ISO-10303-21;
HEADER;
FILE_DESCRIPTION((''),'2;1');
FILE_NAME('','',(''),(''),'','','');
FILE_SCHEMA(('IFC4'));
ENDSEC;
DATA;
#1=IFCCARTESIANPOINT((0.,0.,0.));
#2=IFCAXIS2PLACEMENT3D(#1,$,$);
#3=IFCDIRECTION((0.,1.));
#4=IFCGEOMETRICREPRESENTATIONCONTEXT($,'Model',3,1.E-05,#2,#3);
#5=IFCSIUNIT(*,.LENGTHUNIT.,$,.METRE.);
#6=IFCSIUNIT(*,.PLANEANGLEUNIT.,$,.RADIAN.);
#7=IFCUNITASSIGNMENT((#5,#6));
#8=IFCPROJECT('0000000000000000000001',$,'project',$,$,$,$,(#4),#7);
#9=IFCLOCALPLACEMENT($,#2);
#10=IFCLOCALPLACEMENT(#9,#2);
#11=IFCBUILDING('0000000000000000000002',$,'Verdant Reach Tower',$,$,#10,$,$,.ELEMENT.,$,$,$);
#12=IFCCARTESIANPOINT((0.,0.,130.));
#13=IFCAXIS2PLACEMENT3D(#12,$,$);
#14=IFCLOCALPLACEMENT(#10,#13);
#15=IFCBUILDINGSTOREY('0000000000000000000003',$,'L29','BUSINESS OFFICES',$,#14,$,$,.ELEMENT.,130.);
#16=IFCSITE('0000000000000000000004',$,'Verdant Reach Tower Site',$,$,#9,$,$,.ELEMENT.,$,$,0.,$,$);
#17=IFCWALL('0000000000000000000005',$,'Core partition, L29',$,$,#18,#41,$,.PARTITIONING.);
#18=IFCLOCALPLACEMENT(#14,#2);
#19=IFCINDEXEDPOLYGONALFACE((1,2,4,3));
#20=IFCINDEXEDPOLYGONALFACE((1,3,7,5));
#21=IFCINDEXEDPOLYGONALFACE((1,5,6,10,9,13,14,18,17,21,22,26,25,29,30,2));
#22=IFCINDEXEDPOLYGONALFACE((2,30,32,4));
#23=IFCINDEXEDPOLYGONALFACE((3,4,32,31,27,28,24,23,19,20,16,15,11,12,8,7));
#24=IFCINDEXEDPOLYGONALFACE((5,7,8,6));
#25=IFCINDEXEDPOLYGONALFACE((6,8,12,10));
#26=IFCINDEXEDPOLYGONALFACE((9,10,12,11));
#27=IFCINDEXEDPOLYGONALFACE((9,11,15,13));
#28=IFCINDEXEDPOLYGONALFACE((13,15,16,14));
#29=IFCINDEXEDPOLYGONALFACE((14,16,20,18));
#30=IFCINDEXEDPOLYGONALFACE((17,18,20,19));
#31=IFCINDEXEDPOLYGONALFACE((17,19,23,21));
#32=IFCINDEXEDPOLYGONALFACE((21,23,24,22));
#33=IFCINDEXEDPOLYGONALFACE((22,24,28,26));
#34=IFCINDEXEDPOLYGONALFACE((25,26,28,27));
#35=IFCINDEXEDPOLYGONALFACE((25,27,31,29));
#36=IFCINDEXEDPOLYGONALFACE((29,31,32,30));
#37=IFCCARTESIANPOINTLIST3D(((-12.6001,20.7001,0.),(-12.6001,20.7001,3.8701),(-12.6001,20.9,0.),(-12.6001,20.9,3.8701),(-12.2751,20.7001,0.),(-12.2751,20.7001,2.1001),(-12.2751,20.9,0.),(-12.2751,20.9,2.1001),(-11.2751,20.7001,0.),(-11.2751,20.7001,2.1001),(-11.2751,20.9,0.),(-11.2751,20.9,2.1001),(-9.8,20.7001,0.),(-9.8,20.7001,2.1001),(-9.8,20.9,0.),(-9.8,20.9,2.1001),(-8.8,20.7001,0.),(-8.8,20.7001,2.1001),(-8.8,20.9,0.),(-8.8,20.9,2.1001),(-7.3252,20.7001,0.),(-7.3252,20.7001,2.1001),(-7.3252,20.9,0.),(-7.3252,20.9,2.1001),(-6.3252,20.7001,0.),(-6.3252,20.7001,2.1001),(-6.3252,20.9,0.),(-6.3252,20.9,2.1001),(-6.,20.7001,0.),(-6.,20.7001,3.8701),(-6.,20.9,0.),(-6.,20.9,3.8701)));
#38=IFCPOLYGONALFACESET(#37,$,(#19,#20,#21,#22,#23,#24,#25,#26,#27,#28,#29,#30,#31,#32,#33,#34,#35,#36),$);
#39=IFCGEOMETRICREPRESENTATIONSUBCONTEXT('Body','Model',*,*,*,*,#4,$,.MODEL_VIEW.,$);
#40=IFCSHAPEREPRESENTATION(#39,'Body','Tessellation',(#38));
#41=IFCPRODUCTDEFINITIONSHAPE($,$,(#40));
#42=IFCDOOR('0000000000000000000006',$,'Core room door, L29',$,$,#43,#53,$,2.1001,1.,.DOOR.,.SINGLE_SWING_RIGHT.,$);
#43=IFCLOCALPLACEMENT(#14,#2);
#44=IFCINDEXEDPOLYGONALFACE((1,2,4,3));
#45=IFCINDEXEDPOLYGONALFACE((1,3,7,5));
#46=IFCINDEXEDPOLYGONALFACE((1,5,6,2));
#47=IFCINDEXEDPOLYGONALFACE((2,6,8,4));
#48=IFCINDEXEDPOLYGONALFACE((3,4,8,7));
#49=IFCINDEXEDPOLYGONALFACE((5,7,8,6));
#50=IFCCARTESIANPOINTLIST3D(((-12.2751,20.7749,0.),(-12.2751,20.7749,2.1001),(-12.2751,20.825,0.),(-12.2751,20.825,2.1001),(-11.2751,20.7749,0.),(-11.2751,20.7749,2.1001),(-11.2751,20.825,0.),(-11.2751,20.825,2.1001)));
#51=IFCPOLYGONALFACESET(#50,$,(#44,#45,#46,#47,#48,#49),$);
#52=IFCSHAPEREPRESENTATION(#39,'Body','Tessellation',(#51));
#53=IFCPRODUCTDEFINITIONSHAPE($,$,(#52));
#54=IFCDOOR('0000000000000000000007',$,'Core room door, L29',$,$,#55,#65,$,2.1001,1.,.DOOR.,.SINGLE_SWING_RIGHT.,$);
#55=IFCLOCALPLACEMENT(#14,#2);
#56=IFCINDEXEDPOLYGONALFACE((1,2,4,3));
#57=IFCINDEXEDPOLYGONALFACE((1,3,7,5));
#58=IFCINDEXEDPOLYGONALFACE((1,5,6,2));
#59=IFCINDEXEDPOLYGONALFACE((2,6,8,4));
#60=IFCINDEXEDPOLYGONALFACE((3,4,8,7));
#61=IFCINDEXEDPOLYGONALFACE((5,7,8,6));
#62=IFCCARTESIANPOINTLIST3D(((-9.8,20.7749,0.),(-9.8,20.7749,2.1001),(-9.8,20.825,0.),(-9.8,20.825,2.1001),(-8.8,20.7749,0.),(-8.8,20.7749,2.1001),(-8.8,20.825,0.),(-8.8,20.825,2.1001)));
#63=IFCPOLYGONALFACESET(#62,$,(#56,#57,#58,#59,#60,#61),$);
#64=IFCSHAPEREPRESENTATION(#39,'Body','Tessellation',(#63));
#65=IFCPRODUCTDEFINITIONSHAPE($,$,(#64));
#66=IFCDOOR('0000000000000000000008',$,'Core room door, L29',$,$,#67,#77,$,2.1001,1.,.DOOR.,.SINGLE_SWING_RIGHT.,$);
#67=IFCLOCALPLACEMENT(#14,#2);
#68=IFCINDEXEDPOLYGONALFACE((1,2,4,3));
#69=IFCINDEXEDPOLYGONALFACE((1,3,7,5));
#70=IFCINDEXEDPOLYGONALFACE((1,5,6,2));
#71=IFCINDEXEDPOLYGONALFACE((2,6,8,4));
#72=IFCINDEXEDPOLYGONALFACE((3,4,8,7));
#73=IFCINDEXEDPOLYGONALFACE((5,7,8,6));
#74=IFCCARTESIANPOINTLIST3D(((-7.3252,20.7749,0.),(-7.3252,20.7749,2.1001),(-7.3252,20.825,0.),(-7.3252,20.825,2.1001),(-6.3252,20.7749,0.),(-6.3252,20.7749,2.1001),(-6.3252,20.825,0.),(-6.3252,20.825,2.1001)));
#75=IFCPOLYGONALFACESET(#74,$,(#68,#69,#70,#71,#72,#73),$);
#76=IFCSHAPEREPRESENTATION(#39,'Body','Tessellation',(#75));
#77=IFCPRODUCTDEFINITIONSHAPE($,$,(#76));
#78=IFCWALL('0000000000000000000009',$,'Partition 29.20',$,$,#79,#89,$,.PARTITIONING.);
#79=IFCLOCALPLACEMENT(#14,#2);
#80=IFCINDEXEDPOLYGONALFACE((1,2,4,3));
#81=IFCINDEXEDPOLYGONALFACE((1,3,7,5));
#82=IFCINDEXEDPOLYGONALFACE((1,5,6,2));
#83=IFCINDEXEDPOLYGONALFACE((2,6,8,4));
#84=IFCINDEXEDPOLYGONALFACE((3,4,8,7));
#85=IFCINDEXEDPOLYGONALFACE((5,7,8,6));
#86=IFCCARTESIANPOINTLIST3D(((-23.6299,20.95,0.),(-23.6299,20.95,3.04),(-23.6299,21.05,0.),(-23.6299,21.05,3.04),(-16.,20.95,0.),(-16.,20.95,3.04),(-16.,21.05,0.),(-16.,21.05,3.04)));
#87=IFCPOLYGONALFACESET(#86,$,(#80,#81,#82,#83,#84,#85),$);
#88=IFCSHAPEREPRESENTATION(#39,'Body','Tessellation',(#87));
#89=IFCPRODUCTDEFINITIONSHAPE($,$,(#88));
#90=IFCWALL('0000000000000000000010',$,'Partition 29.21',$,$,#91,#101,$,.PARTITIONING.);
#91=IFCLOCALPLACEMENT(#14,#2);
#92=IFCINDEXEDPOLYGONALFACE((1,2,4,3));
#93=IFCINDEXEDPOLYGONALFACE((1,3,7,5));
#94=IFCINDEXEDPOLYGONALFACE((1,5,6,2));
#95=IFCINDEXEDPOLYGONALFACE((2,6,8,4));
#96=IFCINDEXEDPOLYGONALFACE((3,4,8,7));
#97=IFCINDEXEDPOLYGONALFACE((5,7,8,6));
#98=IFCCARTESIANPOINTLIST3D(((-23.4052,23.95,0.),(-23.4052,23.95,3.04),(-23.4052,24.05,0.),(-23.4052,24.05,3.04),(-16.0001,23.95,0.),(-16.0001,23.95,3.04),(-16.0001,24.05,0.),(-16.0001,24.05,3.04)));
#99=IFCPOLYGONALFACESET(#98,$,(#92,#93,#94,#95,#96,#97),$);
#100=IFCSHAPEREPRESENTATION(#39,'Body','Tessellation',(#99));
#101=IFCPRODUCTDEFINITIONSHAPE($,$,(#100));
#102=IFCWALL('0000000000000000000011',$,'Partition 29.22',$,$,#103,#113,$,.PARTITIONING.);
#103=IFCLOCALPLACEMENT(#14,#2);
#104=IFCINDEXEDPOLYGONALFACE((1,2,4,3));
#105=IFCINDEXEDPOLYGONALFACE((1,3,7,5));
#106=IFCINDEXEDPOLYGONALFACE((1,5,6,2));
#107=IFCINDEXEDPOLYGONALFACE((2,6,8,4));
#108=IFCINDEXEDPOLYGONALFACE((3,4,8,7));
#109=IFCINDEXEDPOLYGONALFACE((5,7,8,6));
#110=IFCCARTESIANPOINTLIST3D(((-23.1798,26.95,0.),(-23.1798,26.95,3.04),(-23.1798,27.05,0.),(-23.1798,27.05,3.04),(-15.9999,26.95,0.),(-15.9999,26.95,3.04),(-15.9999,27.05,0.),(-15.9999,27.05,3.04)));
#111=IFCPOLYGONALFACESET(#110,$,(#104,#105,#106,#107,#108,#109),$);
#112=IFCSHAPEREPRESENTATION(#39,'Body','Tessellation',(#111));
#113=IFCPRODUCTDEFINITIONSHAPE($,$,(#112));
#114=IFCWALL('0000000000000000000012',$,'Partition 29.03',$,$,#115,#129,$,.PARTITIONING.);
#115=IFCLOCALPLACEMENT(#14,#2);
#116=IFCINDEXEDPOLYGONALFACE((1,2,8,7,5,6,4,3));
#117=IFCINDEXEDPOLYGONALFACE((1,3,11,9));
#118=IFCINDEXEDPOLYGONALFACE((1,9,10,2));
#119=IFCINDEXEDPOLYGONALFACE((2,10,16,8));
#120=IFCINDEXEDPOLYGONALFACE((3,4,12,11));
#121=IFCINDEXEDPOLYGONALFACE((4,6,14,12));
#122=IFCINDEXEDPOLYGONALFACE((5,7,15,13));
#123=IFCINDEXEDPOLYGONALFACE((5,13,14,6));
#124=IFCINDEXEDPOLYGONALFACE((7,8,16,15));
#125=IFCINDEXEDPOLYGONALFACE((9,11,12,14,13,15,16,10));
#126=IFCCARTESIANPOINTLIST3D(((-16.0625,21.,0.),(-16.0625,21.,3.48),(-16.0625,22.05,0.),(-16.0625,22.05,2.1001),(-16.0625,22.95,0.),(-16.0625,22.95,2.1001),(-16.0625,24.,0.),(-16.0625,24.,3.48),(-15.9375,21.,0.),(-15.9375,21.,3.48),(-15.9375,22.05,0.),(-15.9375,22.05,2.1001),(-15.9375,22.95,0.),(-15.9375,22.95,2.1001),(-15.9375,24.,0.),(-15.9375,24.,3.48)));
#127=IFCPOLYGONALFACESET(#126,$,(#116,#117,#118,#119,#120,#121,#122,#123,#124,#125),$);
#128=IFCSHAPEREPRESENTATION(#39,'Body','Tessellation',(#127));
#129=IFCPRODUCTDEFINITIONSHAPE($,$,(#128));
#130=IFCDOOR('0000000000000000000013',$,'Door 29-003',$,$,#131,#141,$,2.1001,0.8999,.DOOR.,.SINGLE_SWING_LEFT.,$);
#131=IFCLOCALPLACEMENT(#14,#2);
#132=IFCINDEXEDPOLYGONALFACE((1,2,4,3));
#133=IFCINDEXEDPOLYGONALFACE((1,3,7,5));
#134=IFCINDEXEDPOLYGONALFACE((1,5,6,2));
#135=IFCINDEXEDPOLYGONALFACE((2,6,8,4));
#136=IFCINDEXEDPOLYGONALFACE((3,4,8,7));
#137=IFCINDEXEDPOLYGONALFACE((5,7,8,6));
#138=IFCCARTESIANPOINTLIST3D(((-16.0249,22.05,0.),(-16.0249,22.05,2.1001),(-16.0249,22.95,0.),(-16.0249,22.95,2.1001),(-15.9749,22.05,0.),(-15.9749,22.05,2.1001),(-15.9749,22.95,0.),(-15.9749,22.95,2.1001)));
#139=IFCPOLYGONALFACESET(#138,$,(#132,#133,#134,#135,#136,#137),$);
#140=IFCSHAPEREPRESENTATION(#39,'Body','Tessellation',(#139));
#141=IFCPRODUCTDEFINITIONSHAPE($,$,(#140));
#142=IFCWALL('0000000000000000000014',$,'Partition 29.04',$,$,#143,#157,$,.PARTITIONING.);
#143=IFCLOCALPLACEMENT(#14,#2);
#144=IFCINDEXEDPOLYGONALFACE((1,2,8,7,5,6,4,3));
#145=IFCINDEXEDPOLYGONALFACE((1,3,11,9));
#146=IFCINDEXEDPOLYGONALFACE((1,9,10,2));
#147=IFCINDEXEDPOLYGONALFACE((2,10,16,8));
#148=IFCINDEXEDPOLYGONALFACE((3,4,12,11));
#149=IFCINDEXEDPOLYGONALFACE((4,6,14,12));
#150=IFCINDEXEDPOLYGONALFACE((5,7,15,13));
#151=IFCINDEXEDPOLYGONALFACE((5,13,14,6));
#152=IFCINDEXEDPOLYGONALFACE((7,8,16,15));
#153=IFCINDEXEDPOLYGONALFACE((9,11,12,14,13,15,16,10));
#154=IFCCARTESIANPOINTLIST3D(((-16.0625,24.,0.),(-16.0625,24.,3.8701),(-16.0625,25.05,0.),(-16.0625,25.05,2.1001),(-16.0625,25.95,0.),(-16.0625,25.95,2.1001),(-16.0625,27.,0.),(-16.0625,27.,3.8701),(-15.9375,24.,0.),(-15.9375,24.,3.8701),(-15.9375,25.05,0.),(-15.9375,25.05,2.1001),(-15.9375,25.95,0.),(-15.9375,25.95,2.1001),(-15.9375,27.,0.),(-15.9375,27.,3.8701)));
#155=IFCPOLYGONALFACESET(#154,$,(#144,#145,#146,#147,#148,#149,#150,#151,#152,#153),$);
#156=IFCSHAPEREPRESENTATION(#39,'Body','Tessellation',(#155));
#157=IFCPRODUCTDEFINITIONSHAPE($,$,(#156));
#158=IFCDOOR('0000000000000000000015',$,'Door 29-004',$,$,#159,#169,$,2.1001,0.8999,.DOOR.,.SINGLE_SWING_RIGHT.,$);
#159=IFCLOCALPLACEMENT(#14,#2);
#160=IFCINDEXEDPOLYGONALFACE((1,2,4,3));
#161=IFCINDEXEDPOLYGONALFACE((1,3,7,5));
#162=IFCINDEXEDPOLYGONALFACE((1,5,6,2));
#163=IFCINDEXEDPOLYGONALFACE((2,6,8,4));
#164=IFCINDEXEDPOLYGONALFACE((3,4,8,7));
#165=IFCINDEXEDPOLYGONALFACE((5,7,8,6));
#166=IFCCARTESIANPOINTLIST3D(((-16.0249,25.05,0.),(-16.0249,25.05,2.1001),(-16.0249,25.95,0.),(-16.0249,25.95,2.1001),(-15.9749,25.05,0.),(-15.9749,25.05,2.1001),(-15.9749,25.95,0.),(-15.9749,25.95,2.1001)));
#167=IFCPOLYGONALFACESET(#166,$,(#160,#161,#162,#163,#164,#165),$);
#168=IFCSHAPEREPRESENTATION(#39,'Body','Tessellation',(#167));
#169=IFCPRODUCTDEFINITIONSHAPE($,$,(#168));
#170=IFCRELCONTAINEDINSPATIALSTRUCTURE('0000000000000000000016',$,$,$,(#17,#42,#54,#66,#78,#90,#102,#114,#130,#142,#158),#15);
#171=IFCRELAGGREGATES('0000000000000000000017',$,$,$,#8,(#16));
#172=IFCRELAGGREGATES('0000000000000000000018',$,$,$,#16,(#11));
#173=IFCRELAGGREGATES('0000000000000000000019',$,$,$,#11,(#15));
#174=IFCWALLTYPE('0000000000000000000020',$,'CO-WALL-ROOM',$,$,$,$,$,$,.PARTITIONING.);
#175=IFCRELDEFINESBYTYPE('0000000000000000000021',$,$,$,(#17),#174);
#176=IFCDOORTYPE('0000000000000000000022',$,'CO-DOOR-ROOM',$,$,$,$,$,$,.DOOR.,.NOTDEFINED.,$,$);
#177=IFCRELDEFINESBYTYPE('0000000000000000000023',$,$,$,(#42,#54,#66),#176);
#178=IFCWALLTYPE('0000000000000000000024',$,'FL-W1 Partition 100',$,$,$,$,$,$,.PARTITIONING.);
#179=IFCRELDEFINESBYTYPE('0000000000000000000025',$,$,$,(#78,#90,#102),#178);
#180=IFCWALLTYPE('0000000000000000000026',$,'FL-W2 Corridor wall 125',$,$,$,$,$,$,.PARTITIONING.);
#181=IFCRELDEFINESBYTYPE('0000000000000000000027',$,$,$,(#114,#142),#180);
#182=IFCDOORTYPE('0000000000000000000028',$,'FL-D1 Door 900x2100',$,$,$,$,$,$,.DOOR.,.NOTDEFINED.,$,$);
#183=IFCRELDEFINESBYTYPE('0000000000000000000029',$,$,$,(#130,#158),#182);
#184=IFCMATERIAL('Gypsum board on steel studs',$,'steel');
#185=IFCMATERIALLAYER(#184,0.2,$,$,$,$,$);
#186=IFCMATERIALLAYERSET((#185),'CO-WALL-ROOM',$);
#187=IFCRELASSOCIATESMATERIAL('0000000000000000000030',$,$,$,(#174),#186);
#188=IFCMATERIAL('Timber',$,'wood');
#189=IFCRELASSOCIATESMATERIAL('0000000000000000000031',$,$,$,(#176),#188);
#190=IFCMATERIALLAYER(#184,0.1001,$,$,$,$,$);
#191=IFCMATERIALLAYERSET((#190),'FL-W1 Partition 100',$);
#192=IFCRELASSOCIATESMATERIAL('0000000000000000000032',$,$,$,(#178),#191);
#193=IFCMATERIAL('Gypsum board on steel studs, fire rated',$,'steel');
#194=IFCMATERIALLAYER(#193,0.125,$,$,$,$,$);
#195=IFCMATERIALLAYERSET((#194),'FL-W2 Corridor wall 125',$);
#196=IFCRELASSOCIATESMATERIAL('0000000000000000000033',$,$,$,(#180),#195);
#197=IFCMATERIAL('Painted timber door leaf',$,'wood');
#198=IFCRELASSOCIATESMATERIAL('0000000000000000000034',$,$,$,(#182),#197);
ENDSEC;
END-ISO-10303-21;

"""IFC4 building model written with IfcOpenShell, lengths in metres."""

from ifc_helpers import new_model, si_unit, direction, frame, frame_2d, origin, place, context, subcontext, project, spatial, rectangle, extrude, material, layer, layer_set, type_object, element, fill, save


model = new_model("IFC4")

# Units and contexts
model_context = context("Model", 3, precision=1e-05, world=origin(), true_north=direction((0.0, 1.0)))
body_context = subcontext(model_context, "Body", "Model", "MODEL_VIEW")
ifc_project = project(units=[si_unit("LENGTHUNIT", "METRE"), si_unit("PLANEANGLEUNIT", "RADIAN")], contexts=[model_context])

# Site, building, storey
site_placement = place(None, origin())
site = spatial("IfcSite", under=ifc_project, at=site_placement, Name="Verdant Reach Tower Site", CompositionType="ELEMENT", RefElevation=0.0)
building_placement = place(site_placement, origin())
building = spatial("IfcBuilding", under=site, at=building_placement, Name="Verdant Reach Tower", CompositionType="ELEMENT")
storey_placement = place(building_placement, frame((0.0, 0.0, 130.0)))
storey = spatial("IfcBuildingStorey", under=building, at=storey_placement, Name="L29", Description="BUSINESS OFFICES", CompositionType="ELEMENT", Elevation=130.0)

# Wall, openings, doors
ifc_material_1 = material(Name="Gypsum board on steel studs", Category="steel")
ifc_layer_1 = layer(ifc_material_1, 0.2)
ifc_layer_set_1 = layer_set([ifc_layer_1], Name="CO-WALL-ROOM")
wall_type_1 = type_object("IfcWallType", Name="CO-WALL-ROOM", PredefinedType="PARTITIONING", material=ifc_layer_set_1)
wall_1_placement = place(storey_placement, frame((-12.6001, 20.8, 0.0), z_axis=(0.0, 0.0, 1.0), x_axis=(1.0, 0.0, 0.0)))
wall_1 = element("IfcWall", 1, at=wall_1_placement, inside=storey, type_object=wall_type_1, Name="Core partition, L29", PredefinedType="PARTITIONING", context=body_context, shape_type="SweptSolid", body=[
    extrude(rectangle(XDim=6.6001, YDim=0.2, at=frame_2d((3.3, 0.0))), origin(), (0.0, 0.0, 1.0), 3.8701),
])
opening_1_placement = place(wall_1_placement, frame((0.325, 0.0, 0.0)))
opening_1 = element("IfcOpeningElement", 2, at=opening_1_placement, cuts=wall_1, PredefinedType="OPENING", context=body_context, shape_type="SweptSolid", body=[
    extrude(rectangle(XDim=1.0, YDim=2.1001, at=frame_2d((0.5, 1.05))), frame((0.0, 0.1099, 0.0), z_axis=(0.0, -1.0, 0.0), x_axis=(1.0, 0.0, 0.0)), (0.0, 0.0, 1.0), 0.22),
])
opening_2_placement = place(wall_1_placement, frame((2.8, 0.0, 0.0)))
opening_2 = element("IfcOpeningElement", 3, at=opening_2_placement, cuts=wall_1, PredefinedType="OPENING", context=body_context, shape_type="SweptSolid", body=[
    extrude(rectangle(XDim=1.0, YDim=2.1001, at=frame_2d((0.5, 1.05))), frame((0.0, 0.1099, 0.0), z_axis=(0.0, -1.0, 0.0), x_axis=(1.0, 0.0, 0.0)), (0.0, 0.0, 1.0), 0.22),
])
opening_3_placement = place(wall_1_placement, frame((5.2749, 0.0, 0.0)))
opening_3 = element("IfcOpeningElement", 4, at=opening_3_placement, cuts=wall_1, PredefinedType="OPENING", context=body_context, shape_type="SweptSolid", body=[
    extrude(rectangle(XDim=1.0, YDim=2.1001, at=frame_2d((0.5, 1.05))), frame((0.0, 0.1099, 0.0), z_axis=(0.0, -1.0, 0.0), x_axis=(1.0, 0.0, 0.0)), (0.0, 0.0, 1.0), 0.22),
])
ifc_material_2 = material(Name="Timber", Category="wood")
door_type_1 = type_object("IfcDoorType", Name="CO-DOOR-ROOM", OperationType="NOTDEFINED", PredefinedType="DOOR", material=ifc_material_2)
door_1_placement = place(opening_1_placement, origin())
door_1 = element("IfcDoor", 5, at=door_1_placement, inside=storey, type_object=door_type_1, Name="Core room door, L29", OperationType="SINGLE_SWING_RIGHT", OverallHeight=2.1001, OverallWidth=1.0, PredefinedType="DOOR", context=body_context, shape_type="SweptSolid", body=[
    extrude(rectangle(XDim=1.0, YDim=2.1001, at=frame_2d((0.5, 1.05))), frame((0.0, 0.0249, 0.0), z_axis=(0.0, -1.0, 0.0), x_axis=(1.0, 0.0, 0.0)), (0.0, 0.0, 1.0), 0.05),
])
fill(opening_1, door_1)
door_2_placement = place(opening_2_placement, origin())
door_2 = element("IfcDoor", 6, at=door_2_placement, inside=storey, type_object=door_type_1, Name="Core room door, L29", OperationType="SINGLE_SWING_RIGHT", OverallHeight=2.1001, OverallWidth=1.0, PredefinedType="DOOR", context=body_context, shape_type="SweptSolid", body=[
    extrude(rectangle(XDim=1.0, YDim=2.1001, at=frame_2d((0.5, 1.05))), frame((0.0, 0.0249, 0.0), z_axis=(0.0, -1.0, 0.0), x_axis=(1.0, 0.0, 0.0)), (0.0, 0.0, 1.0), 0.05),
])
fill(opening_2, door_2)
door_3_placement = place(opening_3_placement, origin())
door_3 = element("IfcDoor", 7, at=door_3_placement, inside=storey, type_object=door_type_1, Name="Core room door, L29", OperationType="SINGLE_SWING_RIGHT", OverallHeight=2.1001, OverallWidth=1.0, PredefinedType="DOOR", context=body_context, shape_type="SweptSolid", body=[
    extrude(rectangle(XDim=1.0, YDim=2.1001, at=frame_2d((0.5, 1.05))), frame((0.0, 0.0249, 0.0), z_axis=(0.0, -1.0, 0.0), x_axis=(1.0, 0.0, 0.0)), (0.0, 0.0, 1.0), 0.05),
])
fill(opening_3, door_3)

# Walls
ifc_layer_2 = layer(ifc_material_1, 0.1001)
ifc_layer_set_2 = layer_set([ifc_layer_2], Name="FL-W1 Partition 100")
wall_type_2 = type_object("IfcWallType", Name="FL-W1 Partition 100", PredefinedType="PARTITIONING", material=ifc_layer_set_2)
wall_2_placement = place(storey_placement, frame((-16.0, 21.0, 0.0), z_axis=(0.0, 0.0, 1.0), x_axis=(-1.0, 0.0, 0.0)))
element("IfcWall", 8, at=wall_2_placement, inside=storey, type_object=wall_type_2, Name="Partition 29.20", PredefinedType="PARTITIONING", context=body_context, shape_type="SweptSolid", body=[
    extrude(rectangle(XDim=7.6299, YDim=0.1001, at=frame_2d((3.8149, 0.0))), origin(), (0.0, 0.0, 1.0), 3.04),
])
wall_3_placement = place(storey_placement, frame((-16.0, 24.0, 0.0), z_axis=(0.0, 0.0, 1.0), x_axis=(-1.0, 0.0, 0.0)))
element("IfcWall", 9, at=wall_3_placement, inside=storey, type_object=wall_type_2, Name="Partition 29.21", PredefinedType="PARTITIONING", context=body_context, shape_type="SweptSolid", body=[
    extrude(rectangle(XDim=7.405, YDim=0.1001, at=frame_2d((3.7026, 0.0))), origin(), (0.0, 0.0, 1.0), 3.04),
])
wall_4_placement = place(storey_placement, frame((-16.0, 27.0, 0.0), z_axis=(0.0, 0.0, 1.0), x_axis=(-1.0, 0.0, 0.0)))
element("IfcWall", 10, at=wall_4_placement, inside=storey, type_object=wall_type_2, Name="Partition 29.22", PredefinedType="PARTITIONING", context=body_context, shape_type="SweptSolid", body=[
    extrude(rectangle(XDim=7.1799, YDim=0.1001, at=frame_2d((3.5898, 0.0))), origin(), (0.0, 0.0, 1.0), 3.04),
])

# Walls, openings, doors
ifc_material_3 = material(Name="Gypsum board on steel studs, fire rated", Category="steel")
ifc_layer_3 = layer(ifc_material_3, 0.125)
ifc_layer_set_3 = layer_set([ifc_layer_3], Name="FL-W2 Corridor wall 125")
wall_type_3 = type_object("IfcWallType", Name="FL-W2 Corridor wall 125", PredefinedType="PARTITIONING", material=ifc_layer_set_3)
wall_5_placement = place(storey_placement, frame((-16.0, 21.0, 0.0), z_axis=(0.0, 0.0, 1.0), x_axis=(0.0, 1.0, 0.0)))
wall_5 = element("IfcWall", 11, at=wall_5_placement, inside=storey, type_object=wall_type_3, Name="Partition 29.03", PredefinedType="PARTITIONING", context=body_context, shape_type="SweptSolid", body=[
    extrude(rectangle(XDim=3.0, YDim=0.125, at=frame_2d((1.5, 0.0))), origin(), (0.0, 0.0, 1.0), 3.48),
])
opening_4_placement = place(wall_5_placement, frame((1.05, 0.0, 0.0)))
opening_4 = element("IfcOpeningElement", 12, at=opening_4_placement, cuts=wall_5, PredefinedType="OPENING", context=body_context, shape_type="SweptSolid", body=[
    extrude(rectangle(XDim=0.8999, YDim=2.1001, at=frame_2d((0.45, 1.05))), frame((0.0, 0.0725, 0.0), z_axis=(0.0, -1.0, 0.0), x_axis=(1.0, 0.0, 0.0)), (0.0, 0.0, 1.0), 0.145),
])
ifc_material_4 = material(Name="Painted timber door leaf", Category="wood")
door_type_2 = type_object("IfcDoorType", Name="FL-D1 Door 900x2100", OperationType="NOTDEFINED", PredefinedType="DOOR", material=ifc_material_4)
door_4_placement = place(opening_4_placement, origin())
door_4 = element("IfcDoor", 13, at=door_4_placement, inside=storey, type_object=door_type_2, Name="Door 29-003", OperationType="SINGLE_SWING_LEFT", OverallHeight=2.1001, OverallWidth=0.8999, PredefinedType="DOOR", context=body_context, shape_type="SweptSolid", body=[
    extrude(rectangle(XDim=0.8999, YDim=2.1001, at=frame_2d((0.45, 1.05))), frame((0.0, 0.0249, 0.0), z_axis=(0.0, -1.0, 0.0), x_axis=(1.0, 0.0, 0.0)), (0.0, 0.0, 1.0), 0.05),
])
fill(opening_4, door_4)
wall_6_placement = place(storey_placement, frame((-16.0, 24.0, 0.0), z_axis=(0.0, 0.0, 1.0), x_axis=(0.0, 1.0, 0.0)))
wall_6 = element("IfcWall", 14, at=wall_6_placement, inside=storey, type_object=wall_type_3, Name="Partition 29.04", PredefinedType="PARTITIONING", context=body_context, shape_type="SweptSolid", body=[
    extrude(rectangle(XDim=3.0, YDim=0.125, at=frame_2d((1.5, 0.0))), origin(), (0.0, 0.0, 1.0), 3.8701),
])
opening_5_placement = place(wall_6_placement, frame((1.05, 0.0, 0.0)))
opening_5 = element("IfcOpeningElement", 15, at=opening_5_placement, cuts=wall_6, PredefinedType="OPENING", context=body_context, shape_type="SweptSolid", body=[
    extrude(rectangle(XDim=0.8999, YDim=2.1001, at=frame_2d((0.45, 1.05))), frame((0.0, 0.0725, 0.0), z_axis=(0.0, -1.0, 0.0), x_axis=(1.0, 0.0, 0.0)), (0.0, 0.0, 1.0), 0.145),
])
door_5_placement = place(opening_5_placement, origin())
door_5 = element("IfcDoor", 16, at=door_5_placement, inside=storey, type_object=door_type_2, Name="Door 29-004", OperationType="SINGLE_SWING_RIGHT", OverallHeight=2.1001, OverallWidth=0.8999, PredefinedType="DOOR", context=body_context, shape_type="SweptSolid", body=[
    extrude(rectangle(XDim=0.8999, YDim=2.1001, at=frame_2d((0.45, 1.05))), frame((0.0, 0.0249, 0.0), z_axis=(0.0, -1.0, 0.0), x_axis=(1.0, 0.0, 0.0)), (0.0, 0.0, 1.0), 0.05),
])
fill(opening_5, door_5)

save(model, "model.ifc")
